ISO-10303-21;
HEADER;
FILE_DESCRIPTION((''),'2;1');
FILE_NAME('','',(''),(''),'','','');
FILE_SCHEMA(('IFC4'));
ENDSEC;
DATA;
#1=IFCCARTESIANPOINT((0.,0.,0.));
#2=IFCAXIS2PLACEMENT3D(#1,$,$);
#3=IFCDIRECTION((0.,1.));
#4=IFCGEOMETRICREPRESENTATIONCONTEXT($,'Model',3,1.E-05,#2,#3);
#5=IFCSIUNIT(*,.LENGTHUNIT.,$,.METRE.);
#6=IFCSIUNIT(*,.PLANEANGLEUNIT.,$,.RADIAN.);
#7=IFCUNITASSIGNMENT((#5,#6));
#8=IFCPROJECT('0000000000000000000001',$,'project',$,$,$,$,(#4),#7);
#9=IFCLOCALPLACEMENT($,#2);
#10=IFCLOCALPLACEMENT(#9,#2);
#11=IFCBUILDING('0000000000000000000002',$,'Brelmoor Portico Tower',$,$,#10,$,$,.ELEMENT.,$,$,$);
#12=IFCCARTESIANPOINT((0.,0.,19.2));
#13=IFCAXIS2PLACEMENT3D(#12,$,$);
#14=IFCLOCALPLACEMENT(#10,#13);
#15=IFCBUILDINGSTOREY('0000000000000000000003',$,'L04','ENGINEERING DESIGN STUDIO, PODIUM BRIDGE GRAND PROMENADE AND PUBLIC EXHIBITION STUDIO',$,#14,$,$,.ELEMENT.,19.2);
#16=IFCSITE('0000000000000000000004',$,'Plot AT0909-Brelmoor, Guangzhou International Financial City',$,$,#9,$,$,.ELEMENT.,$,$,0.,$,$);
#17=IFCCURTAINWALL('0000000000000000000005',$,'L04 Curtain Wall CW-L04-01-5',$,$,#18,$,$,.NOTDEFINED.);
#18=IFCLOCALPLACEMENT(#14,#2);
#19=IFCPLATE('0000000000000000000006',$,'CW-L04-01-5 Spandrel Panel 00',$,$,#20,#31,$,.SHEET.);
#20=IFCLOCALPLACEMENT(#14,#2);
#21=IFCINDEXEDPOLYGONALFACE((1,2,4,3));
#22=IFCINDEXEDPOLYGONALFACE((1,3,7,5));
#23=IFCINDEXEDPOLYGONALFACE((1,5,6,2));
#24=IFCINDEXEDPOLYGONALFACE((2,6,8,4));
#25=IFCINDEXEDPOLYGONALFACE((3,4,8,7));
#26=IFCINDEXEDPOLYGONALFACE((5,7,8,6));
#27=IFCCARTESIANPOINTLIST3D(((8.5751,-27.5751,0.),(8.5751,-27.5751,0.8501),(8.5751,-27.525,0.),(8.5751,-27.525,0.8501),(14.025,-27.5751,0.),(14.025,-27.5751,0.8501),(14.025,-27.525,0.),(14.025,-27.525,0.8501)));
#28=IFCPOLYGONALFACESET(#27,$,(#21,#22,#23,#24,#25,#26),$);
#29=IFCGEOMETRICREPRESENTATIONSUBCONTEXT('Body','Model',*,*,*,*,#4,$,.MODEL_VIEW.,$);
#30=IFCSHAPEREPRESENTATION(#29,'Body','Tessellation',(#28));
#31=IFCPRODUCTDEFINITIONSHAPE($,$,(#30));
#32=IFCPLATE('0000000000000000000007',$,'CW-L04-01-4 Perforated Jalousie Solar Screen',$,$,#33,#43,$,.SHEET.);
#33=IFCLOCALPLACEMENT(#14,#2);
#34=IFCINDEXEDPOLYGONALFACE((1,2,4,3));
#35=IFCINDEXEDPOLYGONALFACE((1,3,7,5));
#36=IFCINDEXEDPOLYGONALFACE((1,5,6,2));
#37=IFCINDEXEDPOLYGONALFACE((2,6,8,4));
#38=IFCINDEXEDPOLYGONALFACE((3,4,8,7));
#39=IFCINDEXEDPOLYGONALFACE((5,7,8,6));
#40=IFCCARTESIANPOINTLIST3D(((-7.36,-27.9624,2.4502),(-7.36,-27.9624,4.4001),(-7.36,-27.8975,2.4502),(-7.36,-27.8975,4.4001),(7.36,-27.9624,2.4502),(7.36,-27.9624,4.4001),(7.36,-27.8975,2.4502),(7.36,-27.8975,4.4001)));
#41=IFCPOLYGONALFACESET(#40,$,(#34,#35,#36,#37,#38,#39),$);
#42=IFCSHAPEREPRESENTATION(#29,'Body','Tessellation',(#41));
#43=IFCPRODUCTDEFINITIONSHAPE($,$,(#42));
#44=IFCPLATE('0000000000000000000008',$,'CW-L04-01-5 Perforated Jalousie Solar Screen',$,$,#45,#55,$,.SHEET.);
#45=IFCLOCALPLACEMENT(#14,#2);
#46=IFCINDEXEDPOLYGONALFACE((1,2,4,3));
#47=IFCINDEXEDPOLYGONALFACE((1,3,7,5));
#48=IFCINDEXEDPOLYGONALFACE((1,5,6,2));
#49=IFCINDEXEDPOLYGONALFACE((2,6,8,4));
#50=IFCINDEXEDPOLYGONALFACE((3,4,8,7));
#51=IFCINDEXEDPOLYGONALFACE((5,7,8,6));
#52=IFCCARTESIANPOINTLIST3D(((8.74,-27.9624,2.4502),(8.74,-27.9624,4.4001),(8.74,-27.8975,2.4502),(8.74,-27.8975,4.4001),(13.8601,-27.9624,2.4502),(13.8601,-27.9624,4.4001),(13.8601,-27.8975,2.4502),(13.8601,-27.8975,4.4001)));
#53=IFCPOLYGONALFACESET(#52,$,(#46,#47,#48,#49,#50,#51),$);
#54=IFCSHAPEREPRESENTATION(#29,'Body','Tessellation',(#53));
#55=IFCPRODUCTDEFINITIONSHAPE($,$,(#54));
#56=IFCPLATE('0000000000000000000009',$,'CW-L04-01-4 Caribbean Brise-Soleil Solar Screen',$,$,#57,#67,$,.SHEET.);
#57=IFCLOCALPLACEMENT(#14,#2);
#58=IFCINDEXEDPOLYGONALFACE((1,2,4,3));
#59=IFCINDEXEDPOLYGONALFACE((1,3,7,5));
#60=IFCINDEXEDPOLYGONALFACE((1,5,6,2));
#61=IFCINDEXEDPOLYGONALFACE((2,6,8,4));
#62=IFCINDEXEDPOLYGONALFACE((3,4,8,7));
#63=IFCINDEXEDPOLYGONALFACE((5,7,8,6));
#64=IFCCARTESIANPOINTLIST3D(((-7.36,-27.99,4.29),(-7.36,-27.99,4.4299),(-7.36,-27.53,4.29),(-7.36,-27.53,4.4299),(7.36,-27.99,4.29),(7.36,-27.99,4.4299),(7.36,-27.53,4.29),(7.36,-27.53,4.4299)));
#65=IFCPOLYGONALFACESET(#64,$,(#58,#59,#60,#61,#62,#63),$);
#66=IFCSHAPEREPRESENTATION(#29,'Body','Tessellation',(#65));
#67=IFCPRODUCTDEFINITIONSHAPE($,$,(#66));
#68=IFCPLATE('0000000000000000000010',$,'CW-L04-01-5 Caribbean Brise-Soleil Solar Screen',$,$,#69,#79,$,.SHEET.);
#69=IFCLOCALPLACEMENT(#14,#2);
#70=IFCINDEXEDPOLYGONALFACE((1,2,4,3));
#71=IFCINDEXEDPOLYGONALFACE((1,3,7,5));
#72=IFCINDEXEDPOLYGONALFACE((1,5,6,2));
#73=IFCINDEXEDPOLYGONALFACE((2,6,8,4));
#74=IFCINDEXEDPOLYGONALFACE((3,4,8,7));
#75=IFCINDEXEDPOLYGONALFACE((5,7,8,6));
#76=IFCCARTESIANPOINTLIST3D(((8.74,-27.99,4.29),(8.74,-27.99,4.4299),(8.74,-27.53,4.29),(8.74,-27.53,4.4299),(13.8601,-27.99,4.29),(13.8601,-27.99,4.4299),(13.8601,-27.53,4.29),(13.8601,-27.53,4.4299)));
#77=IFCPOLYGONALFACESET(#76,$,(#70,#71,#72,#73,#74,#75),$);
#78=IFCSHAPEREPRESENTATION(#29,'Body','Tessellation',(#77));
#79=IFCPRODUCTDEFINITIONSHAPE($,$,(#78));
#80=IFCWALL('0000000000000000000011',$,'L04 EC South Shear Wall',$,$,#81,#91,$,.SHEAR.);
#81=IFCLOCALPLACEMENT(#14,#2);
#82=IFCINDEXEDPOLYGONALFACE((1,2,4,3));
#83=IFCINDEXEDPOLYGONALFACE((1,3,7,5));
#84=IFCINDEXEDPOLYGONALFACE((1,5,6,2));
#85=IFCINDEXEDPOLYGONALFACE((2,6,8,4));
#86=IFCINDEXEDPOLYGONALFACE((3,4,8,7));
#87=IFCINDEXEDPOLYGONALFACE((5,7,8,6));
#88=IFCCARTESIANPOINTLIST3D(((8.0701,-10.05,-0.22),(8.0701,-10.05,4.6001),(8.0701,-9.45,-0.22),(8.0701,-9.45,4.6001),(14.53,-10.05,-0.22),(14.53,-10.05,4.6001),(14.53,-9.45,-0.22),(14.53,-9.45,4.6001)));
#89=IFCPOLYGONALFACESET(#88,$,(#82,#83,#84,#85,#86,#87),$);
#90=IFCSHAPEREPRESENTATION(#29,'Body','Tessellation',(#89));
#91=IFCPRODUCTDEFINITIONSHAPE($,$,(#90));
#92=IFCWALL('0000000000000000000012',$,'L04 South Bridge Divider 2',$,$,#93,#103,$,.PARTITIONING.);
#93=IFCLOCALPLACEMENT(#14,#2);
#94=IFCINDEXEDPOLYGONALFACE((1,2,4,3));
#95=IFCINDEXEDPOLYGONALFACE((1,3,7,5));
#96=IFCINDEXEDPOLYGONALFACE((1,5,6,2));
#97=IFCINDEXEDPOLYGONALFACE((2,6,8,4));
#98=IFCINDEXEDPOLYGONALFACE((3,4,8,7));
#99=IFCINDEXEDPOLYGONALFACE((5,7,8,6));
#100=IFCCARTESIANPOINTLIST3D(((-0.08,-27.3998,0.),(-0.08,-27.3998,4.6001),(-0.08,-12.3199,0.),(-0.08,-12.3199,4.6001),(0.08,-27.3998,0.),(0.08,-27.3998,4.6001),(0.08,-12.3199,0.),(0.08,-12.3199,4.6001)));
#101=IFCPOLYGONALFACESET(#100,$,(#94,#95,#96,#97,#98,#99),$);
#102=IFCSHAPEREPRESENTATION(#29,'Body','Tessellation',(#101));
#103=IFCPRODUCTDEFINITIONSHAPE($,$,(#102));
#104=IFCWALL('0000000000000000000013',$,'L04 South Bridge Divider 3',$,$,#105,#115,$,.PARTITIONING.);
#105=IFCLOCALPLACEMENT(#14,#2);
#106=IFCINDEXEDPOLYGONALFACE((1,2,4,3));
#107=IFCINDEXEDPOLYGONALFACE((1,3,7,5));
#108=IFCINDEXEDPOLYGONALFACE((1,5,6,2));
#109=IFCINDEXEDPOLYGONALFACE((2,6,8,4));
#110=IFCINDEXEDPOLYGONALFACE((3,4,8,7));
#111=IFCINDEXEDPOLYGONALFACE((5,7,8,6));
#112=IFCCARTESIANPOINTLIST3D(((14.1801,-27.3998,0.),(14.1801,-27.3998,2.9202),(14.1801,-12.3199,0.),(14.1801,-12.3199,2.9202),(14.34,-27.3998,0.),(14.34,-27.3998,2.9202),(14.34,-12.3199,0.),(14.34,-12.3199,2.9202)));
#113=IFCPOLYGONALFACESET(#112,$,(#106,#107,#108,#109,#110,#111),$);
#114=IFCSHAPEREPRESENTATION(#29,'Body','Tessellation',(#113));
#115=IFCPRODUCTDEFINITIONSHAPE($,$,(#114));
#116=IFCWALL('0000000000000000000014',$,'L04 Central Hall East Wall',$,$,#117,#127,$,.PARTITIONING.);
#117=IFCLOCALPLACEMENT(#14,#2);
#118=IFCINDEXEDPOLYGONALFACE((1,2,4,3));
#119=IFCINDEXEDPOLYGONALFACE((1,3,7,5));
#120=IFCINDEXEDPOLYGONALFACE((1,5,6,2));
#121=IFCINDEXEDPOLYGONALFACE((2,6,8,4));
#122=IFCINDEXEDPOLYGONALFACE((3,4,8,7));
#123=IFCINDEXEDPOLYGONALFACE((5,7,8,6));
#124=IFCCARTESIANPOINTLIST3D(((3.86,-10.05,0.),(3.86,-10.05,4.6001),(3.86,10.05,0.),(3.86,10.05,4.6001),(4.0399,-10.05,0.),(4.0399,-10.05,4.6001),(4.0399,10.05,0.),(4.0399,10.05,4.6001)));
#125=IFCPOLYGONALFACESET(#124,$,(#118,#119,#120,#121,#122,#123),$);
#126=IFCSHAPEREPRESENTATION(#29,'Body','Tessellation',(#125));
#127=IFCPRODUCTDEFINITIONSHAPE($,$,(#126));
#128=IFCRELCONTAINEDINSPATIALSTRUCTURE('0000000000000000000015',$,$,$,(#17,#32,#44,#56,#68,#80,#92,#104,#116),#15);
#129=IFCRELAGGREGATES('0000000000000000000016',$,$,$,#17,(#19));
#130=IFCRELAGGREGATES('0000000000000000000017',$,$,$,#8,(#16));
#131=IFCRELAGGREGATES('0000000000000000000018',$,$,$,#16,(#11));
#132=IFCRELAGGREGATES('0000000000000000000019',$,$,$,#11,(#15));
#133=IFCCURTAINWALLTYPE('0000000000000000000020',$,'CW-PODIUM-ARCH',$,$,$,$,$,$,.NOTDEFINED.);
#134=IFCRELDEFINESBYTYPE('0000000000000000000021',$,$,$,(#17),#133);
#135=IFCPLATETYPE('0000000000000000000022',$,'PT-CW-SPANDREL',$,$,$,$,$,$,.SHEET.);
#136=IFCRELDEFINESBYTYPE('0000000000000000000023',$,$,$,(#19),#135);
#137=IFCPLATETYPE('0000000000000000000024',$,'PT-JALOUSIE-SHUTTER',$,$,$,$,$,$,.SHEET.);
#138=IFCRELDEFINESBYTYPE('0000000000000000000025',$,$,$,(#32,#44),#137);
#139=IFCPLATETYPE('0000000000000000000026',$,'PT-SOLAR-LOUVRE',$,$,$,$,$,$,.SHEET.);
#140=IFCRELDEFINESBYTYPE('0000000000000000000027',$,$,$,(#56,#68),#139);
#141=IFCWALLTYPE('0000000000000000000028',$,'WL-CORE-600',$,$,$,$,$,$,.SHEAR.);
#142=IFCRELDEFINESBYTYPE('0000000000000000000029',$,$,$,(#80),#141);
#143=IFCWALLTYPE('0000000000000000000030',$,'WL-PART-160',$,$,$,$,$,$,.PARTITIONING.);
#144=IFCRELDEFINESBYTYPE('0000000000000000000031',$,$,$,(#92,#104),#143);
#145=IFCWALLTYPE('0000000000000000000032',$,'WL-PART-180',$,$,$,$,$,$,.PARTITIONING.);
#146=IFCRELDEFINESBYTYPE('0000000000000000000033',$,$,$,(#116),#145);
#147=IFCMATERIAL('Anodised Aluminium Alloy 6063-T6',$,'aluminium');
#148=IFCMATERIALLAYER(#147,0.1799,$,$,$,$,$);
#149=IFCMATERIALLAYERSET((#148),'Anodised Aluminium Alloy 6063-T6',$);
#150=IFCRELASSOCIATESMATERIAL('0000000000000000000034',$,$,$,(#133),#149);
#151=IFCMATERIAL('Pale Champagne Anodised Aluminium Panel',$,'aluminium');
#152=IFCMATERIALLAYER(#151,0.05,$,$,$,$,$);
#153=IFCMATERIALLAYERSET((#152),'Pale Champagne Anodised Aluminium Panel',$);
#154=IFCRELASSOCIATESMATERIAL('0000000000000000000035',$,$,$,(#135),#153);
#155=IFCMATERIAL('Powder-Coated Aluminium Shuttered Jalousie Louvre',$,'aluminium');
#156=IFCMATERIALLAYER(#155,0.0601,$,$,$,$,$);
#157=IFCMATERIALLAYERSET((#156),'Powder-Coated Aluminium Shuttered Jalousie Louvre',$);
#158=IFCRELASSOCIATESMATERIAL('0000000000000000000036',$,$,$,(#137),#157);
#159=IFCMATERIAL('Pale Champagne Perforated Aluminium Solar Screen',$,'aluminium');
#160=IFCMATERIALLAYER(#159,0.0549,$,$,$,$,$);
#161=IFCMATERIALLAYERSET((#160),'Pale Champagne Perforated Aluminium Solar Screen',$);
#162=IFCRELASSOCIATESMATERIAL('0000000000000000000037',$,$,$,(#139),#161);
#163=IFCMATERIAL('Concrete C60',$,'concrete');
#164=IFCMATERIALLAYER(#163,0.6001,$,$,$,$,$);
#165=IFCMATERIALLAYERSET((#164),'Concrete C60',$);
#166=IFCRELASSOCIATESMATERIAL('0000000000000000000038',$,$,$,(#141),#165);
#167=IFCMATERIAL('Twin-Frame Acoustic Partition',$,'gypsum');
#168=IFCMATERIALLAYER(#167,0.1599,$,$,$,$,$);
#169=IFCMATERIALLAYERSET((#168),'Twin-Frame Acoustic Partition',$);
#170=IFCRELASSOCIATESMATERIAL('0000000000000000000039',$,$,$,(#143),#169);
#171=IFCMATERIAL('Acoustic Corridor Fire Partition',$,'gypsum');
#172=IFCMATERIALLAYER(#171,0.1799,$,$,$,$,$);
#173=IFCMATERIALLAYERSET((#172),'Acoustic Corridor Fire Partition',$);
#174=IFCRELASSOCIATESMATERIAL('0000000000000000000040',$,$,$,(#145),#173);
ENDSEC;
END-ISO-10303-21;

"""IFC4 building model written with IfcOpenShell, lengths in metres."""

from ifc_helpers import new_model, si_unit, direction, frame, frame_2d, origin, origin_2d, place, context, subcontext, project, spatial, rectangle, extrude, material, layer, layer_set, type_object, element, aggregate, save


model = new_model("IFC4")

# Units and contexts
model_context = context("Model", 3, precision=1e-05, world=origin(), true_north=direction((0.0, 1.0)))
body_context = subcontext(model_context, "Body", "Model", "MODEL_VIEW")
ifc_project = project(units=[si_unit("LENGTHUNIT", "METRE"), si_unit("PLANEANGLEUNIT", "RADIAN")], contexts=[model_context])

# Site, building, storey
site_placement = place(None, origin())
site = spatial("IfcSite", under=ifc_project, at=site_placement, Name="Plot AT0909-Brelmoor, Guangzhou International Financial City", CompositionType="ELEMENT", RefElevation=0.0)
building_placement = place(site_placement, origin())
building = spatial("IfcBuilding", under=site, at=building_placement, Name="Brelmoor Portico Tower", CompositionType="ELEMENT")
storey_placement = place(building_placement, frame((0.0, 0.0, 19.2)))
storey = spatial("IfcBuildingStorey", under=building, at=storey_placement, Name="L04", Description="ENGINEERING DESIGN STUDIO, PODIUM BRIDGE GRAND PROMENADE AND PUBLIC EXHIBITION STUDIO", CompositionType="ELEMENT", Elevation=19.2)

# Curtain wall
ifc_material_1 = material(Name="Anodised Aluminium Alloy 6063-T6", Category="aluminium")
ifc_layer_1 = layer(ifc_material_1, 0.1799)
ifc_layer_set_1 = layer_set([ifc_layer_1], Name="Anodised Aluminium Alloy 6063-T6")
curtain_wall_type = type_object("IfcCurtainWallType", Name="CW-PODIUM-ARCH", PredefinedType="NOTDEFINED", material=ifc_layer_set_1)
curtain_wall_1_placement = place(storey_placement, origin())
curtain_wall_1 = element("IfcCurtainWall", 1, at=curtain_wall_1_placement, inside=storey, type_object=curtain_wall_type, Name="L04 Curtain Wall CW-L04-01-5", PredefinedType="NOTDEFINED")

# Plate
ifc_material_2 = material(Name="Pale Champagne Anodised Aluminium Panel", Category="aluminium")
ifc_layer_2 = layer(ifc_material_2, 0.05)
ifc_layer_set_2 = layer_set([ifc_layer_2], Name="Pale Champagne Anodised Aluminium Panel")
plate_type_1 = type_object("IfcPlateType", Name="PT-CW-SPANDREL", PredefinedType="SHEET", material=ifc_layer_set_2)
plate_1_placement = place(storey_placement, frame((11.3, -27.55, 0.0), z_axis=(0.0, 0.0, 1.0), x_axis=(1.0, 0.0, 0.0)))
plate_1 = element("IfcPlate", 2, at=plate_1_placement, type_object=plate_type_1, Name="CW-L04-01-5 Spandrel Panel 00", PredefinedType="SHEET", context=body_context, shape_type="SweptSolid", body=[
    extrude(rectangle(XDim=5.45, YDim=0.05, at=origin_2d()), origin(), (0.0, 0.0, 1.0), 0.8501),
])
aggregate(curtain_wall_1, [plate_1])

# Plates
ifc_material_3 = material(Name="Powder-Coated Aluminium Shuttered Jalousie Louvre", Category="aluminium")
ifc_layer_3 = layer(ifc_material_3, 0.0601)
ifc_layer_set_3 = layer_set([ifc_layer_3], Name="Powder-Coated Aluminium Shuttered Jalousie Louvre")
plate_type_2 = type_object("IfcPlateType", Name="PT-JALOUSIE-SHUTTER", PredefinedType="SHEET", material=ifc_layer_set_3)
plate_2_placement = place(storey_placement, frame((0.0, -27.9299, 2.4502), z_axis=(0.0, 0.0, 1.0), x_axis=(1.0, 0.0, 0.0)))
element("IfcPlate", 3, at=plate_2_placement, inside=storey, type_object=plate_type_2, Name="CW-L04-01-4 Perforated Jalousie Solar Screen", PredefinedType="SHEET", context=body_context, shape_type="SweptSolid", body=[
    extrude(rectangle(XDim=14.72, YDim=0.0649, at=origin_2d()), origin(), (0.0, 0.0, 1.0), 1.95),
])
plate_3_placement = place(storey_placement, frame((11.3, -27.9299, 2.4502), z_axis=(0.0, 0.0, 1.0), x_axis=(1.0, 0.0, 0.0)))
element("IfcPlate", 4, at=plate_3_placement, inside=storey, type_object=plate_type_2, Name="CW-L04-01-5 Perforated Jalousie Solar Screen", PredefinedType="SHEET", context=body_context, shape_type="SweptSolid", body=[
    extrude(rectangle(XDim=5.1201, YDim=0.0649, at=origin_2d()), origin(), (0.0, 0.0, 1.0), 1.95),
])
ifc_material_4 = material(Name="Pale Champagne Perforated Aluminium Solar Screen", Category="aluminium")
ifc_layer_4 = layer(ifc_material_4, 0.0549)
ifc_layer_set_4 = layer_set([ifc_layer_4], Name="Pale Champagne Perforated Aluminium Solar Screen")
plate_type_3 = type_object("IfcPlateType", Name="PT-SOLAR-LOUVRE", PredefinedType="SHEET", material=ifc_layer_set_4)
plate_4_placement = place(storey_placement, frame((0.0, -27.76, 4.29), z_axis=(0.0, 0.0, 1.0), x_axis=(1.0, 0.0, 0.0)))
element("IfcPlate", 5, at=plate_4_placement, inside=storey, type_object=plate_type_3, Name="CW-L04-01-4 Caribbean Brise-Soleil Solar Screen", PredefinedType="SHEET", context=body_context, shape_type="SweptSolid", body=[
    extrude(rectangle(XDim=14.72, YDim=0.46, at=origin_2d()), origin(), (0.0, 0.0, 1.0), 0.1399),
])
plate_5_placement = place(storey_placement, frame((11.3, -27.76, 4.29), z_axis=(0.0, 0.0, 1.0), x_axis=(1.0, 0.0, 0.0)))
element("IfcPlate", 6, at=plate_5_placement, inside=storey, type_object=plate_type_3, Name="CW-L04-01-5 Caribbean Brise-Soleil Solar Screen", PredefinedType="SHEET", context=body_context, shape_type="SweptSolid", body=[
    extrude(rectangle(XDim=5.1201, YDim=0.46, at=origin_2d()), origin(), (0.0, 0.0, 1.0), 0.1399),
])

# Walls
ifc_material_5 = material(Name="Concrete C60", Category="concrete")
ifc_layer_5 = layer(ifc_material_5, 0.6001)
ifc_layer_set_5 = layer_set([ifc_layer_5], Name="Concrete C60")
wall_type_1 = type_object("IfcWallType", Name="WL-CORE-600", PredefinedType="SHEAR", material=ifc_layer_set_5)
wall_1_placement = place(storey_placement, frame((8.0701, -9.75, -0.22), z_axis=(0.0, 0.0, 1.0), x_axis=(1.0, 0.0, 0.0)))
element("IfcWall", 7, at=wall_1_placement, inside=storey, type_object=wall_type_1, Name="L04 EC South Shear Wall", PredefinedType="SHEAR", context=body_context, shape_type="SweptSolid", body=[
    extrude(rectangle(XDim=6.46, YDim=0.6001, at=frame_2d((3.23, 0.0))), origin(), (0.0, 0.0, 1.0), 4.8201),
])
ifc_material_6 = material(Name="Twin-Frame Acoustic Partition", Category="gypsum")
ifc_layer_6 = layer(ifc_material_6, 0.1599)
ifc_layer_set_6 = layer_set([ifc_layer_6], Name="Twin-Frame Acoustic Partition")
wall_type_2 = type_object("IfcWallType", Name="WL-PART-160", PredefinedType="PARTITIONING", material=ifc_layer_set_6)
wall_2_placement = place(storey_placement, frame((0.0, -27.3999, 0.0), z_axis=(0.0, 0.0, 1.0), x_axis=(0.0, 1.0, 0.0)))
element("IfcWall", 8, at=wall_2_placement, inside=storey, type_object=wall_type_2, Name="L04 South Bridge Divider 2", PredefinedType="PARTITIONING", context=body_context, shape_type="SweptSolid", body=[
    extrude(rectangle(XDim=15.0798, YDim=0.1599, at=frame_2d((7.54, 0.0))), origin(), (0.0, 0.0, 1.0), 4.6001),
])
wall_3_placement = place(storey_placement, frame((14.26, -27.3999, 0.0), z_axis=(0.0, 0.0, 1.0), x_axis=(0.0, 1.0, 0.0)))
element("IfcWall", 9, at=wall_3_placement, inside=storey, type_object=wall_type_2, Name="L04 South Bridge Divider 3", PredefinedType="PARTITIONING", context=body_context, shape_type="SweptSolid", body=[
    extrude(rectangle(XDim=15.0798, YDim=0.1599, at=frame_2d((7.54, 0.0))), origin(), (0.0, 0.0, 1.0), 2.9202),
])
ifc_material_7 = material(Name="Acoustic Corridor Fire Partition", Category="gypsum")
ifc_layer_7 = layer(ifc_material_7, 0.1799)
ifc_layer_set_7 = layer_set([ifc_layer_7], Name="Acoustic Corridor Fire Partition")
wall_type_3 = type_object("IfcWallType", Name="WL-PART-180", PredefinedType="PARTITIONING", material=ifc_layer_set_7)
wall_4_placement = place(storey_placement, frame((3.95, -10.05, 0.0), z_axis=(0.0, 0.0, 1.0), x_axis=(0.0, 1.0, 0.0)))
element("IfcWall", 10, at=wall_4_placement, inside=storey, type_object=wall_type_3, Name="L04 Central Hall East Wall", PredefinedType="PARTITIONING", context=body_context, shape_type="SweptSolid", body=[
    extrude(rectangle(XDim=20.1001, YDim=0.1799, at=frame_2d((10.05, 0.0))), origin(), (0.0, 0.0, 1.0), 4.6001),
])

save(model, "model.ifc")
